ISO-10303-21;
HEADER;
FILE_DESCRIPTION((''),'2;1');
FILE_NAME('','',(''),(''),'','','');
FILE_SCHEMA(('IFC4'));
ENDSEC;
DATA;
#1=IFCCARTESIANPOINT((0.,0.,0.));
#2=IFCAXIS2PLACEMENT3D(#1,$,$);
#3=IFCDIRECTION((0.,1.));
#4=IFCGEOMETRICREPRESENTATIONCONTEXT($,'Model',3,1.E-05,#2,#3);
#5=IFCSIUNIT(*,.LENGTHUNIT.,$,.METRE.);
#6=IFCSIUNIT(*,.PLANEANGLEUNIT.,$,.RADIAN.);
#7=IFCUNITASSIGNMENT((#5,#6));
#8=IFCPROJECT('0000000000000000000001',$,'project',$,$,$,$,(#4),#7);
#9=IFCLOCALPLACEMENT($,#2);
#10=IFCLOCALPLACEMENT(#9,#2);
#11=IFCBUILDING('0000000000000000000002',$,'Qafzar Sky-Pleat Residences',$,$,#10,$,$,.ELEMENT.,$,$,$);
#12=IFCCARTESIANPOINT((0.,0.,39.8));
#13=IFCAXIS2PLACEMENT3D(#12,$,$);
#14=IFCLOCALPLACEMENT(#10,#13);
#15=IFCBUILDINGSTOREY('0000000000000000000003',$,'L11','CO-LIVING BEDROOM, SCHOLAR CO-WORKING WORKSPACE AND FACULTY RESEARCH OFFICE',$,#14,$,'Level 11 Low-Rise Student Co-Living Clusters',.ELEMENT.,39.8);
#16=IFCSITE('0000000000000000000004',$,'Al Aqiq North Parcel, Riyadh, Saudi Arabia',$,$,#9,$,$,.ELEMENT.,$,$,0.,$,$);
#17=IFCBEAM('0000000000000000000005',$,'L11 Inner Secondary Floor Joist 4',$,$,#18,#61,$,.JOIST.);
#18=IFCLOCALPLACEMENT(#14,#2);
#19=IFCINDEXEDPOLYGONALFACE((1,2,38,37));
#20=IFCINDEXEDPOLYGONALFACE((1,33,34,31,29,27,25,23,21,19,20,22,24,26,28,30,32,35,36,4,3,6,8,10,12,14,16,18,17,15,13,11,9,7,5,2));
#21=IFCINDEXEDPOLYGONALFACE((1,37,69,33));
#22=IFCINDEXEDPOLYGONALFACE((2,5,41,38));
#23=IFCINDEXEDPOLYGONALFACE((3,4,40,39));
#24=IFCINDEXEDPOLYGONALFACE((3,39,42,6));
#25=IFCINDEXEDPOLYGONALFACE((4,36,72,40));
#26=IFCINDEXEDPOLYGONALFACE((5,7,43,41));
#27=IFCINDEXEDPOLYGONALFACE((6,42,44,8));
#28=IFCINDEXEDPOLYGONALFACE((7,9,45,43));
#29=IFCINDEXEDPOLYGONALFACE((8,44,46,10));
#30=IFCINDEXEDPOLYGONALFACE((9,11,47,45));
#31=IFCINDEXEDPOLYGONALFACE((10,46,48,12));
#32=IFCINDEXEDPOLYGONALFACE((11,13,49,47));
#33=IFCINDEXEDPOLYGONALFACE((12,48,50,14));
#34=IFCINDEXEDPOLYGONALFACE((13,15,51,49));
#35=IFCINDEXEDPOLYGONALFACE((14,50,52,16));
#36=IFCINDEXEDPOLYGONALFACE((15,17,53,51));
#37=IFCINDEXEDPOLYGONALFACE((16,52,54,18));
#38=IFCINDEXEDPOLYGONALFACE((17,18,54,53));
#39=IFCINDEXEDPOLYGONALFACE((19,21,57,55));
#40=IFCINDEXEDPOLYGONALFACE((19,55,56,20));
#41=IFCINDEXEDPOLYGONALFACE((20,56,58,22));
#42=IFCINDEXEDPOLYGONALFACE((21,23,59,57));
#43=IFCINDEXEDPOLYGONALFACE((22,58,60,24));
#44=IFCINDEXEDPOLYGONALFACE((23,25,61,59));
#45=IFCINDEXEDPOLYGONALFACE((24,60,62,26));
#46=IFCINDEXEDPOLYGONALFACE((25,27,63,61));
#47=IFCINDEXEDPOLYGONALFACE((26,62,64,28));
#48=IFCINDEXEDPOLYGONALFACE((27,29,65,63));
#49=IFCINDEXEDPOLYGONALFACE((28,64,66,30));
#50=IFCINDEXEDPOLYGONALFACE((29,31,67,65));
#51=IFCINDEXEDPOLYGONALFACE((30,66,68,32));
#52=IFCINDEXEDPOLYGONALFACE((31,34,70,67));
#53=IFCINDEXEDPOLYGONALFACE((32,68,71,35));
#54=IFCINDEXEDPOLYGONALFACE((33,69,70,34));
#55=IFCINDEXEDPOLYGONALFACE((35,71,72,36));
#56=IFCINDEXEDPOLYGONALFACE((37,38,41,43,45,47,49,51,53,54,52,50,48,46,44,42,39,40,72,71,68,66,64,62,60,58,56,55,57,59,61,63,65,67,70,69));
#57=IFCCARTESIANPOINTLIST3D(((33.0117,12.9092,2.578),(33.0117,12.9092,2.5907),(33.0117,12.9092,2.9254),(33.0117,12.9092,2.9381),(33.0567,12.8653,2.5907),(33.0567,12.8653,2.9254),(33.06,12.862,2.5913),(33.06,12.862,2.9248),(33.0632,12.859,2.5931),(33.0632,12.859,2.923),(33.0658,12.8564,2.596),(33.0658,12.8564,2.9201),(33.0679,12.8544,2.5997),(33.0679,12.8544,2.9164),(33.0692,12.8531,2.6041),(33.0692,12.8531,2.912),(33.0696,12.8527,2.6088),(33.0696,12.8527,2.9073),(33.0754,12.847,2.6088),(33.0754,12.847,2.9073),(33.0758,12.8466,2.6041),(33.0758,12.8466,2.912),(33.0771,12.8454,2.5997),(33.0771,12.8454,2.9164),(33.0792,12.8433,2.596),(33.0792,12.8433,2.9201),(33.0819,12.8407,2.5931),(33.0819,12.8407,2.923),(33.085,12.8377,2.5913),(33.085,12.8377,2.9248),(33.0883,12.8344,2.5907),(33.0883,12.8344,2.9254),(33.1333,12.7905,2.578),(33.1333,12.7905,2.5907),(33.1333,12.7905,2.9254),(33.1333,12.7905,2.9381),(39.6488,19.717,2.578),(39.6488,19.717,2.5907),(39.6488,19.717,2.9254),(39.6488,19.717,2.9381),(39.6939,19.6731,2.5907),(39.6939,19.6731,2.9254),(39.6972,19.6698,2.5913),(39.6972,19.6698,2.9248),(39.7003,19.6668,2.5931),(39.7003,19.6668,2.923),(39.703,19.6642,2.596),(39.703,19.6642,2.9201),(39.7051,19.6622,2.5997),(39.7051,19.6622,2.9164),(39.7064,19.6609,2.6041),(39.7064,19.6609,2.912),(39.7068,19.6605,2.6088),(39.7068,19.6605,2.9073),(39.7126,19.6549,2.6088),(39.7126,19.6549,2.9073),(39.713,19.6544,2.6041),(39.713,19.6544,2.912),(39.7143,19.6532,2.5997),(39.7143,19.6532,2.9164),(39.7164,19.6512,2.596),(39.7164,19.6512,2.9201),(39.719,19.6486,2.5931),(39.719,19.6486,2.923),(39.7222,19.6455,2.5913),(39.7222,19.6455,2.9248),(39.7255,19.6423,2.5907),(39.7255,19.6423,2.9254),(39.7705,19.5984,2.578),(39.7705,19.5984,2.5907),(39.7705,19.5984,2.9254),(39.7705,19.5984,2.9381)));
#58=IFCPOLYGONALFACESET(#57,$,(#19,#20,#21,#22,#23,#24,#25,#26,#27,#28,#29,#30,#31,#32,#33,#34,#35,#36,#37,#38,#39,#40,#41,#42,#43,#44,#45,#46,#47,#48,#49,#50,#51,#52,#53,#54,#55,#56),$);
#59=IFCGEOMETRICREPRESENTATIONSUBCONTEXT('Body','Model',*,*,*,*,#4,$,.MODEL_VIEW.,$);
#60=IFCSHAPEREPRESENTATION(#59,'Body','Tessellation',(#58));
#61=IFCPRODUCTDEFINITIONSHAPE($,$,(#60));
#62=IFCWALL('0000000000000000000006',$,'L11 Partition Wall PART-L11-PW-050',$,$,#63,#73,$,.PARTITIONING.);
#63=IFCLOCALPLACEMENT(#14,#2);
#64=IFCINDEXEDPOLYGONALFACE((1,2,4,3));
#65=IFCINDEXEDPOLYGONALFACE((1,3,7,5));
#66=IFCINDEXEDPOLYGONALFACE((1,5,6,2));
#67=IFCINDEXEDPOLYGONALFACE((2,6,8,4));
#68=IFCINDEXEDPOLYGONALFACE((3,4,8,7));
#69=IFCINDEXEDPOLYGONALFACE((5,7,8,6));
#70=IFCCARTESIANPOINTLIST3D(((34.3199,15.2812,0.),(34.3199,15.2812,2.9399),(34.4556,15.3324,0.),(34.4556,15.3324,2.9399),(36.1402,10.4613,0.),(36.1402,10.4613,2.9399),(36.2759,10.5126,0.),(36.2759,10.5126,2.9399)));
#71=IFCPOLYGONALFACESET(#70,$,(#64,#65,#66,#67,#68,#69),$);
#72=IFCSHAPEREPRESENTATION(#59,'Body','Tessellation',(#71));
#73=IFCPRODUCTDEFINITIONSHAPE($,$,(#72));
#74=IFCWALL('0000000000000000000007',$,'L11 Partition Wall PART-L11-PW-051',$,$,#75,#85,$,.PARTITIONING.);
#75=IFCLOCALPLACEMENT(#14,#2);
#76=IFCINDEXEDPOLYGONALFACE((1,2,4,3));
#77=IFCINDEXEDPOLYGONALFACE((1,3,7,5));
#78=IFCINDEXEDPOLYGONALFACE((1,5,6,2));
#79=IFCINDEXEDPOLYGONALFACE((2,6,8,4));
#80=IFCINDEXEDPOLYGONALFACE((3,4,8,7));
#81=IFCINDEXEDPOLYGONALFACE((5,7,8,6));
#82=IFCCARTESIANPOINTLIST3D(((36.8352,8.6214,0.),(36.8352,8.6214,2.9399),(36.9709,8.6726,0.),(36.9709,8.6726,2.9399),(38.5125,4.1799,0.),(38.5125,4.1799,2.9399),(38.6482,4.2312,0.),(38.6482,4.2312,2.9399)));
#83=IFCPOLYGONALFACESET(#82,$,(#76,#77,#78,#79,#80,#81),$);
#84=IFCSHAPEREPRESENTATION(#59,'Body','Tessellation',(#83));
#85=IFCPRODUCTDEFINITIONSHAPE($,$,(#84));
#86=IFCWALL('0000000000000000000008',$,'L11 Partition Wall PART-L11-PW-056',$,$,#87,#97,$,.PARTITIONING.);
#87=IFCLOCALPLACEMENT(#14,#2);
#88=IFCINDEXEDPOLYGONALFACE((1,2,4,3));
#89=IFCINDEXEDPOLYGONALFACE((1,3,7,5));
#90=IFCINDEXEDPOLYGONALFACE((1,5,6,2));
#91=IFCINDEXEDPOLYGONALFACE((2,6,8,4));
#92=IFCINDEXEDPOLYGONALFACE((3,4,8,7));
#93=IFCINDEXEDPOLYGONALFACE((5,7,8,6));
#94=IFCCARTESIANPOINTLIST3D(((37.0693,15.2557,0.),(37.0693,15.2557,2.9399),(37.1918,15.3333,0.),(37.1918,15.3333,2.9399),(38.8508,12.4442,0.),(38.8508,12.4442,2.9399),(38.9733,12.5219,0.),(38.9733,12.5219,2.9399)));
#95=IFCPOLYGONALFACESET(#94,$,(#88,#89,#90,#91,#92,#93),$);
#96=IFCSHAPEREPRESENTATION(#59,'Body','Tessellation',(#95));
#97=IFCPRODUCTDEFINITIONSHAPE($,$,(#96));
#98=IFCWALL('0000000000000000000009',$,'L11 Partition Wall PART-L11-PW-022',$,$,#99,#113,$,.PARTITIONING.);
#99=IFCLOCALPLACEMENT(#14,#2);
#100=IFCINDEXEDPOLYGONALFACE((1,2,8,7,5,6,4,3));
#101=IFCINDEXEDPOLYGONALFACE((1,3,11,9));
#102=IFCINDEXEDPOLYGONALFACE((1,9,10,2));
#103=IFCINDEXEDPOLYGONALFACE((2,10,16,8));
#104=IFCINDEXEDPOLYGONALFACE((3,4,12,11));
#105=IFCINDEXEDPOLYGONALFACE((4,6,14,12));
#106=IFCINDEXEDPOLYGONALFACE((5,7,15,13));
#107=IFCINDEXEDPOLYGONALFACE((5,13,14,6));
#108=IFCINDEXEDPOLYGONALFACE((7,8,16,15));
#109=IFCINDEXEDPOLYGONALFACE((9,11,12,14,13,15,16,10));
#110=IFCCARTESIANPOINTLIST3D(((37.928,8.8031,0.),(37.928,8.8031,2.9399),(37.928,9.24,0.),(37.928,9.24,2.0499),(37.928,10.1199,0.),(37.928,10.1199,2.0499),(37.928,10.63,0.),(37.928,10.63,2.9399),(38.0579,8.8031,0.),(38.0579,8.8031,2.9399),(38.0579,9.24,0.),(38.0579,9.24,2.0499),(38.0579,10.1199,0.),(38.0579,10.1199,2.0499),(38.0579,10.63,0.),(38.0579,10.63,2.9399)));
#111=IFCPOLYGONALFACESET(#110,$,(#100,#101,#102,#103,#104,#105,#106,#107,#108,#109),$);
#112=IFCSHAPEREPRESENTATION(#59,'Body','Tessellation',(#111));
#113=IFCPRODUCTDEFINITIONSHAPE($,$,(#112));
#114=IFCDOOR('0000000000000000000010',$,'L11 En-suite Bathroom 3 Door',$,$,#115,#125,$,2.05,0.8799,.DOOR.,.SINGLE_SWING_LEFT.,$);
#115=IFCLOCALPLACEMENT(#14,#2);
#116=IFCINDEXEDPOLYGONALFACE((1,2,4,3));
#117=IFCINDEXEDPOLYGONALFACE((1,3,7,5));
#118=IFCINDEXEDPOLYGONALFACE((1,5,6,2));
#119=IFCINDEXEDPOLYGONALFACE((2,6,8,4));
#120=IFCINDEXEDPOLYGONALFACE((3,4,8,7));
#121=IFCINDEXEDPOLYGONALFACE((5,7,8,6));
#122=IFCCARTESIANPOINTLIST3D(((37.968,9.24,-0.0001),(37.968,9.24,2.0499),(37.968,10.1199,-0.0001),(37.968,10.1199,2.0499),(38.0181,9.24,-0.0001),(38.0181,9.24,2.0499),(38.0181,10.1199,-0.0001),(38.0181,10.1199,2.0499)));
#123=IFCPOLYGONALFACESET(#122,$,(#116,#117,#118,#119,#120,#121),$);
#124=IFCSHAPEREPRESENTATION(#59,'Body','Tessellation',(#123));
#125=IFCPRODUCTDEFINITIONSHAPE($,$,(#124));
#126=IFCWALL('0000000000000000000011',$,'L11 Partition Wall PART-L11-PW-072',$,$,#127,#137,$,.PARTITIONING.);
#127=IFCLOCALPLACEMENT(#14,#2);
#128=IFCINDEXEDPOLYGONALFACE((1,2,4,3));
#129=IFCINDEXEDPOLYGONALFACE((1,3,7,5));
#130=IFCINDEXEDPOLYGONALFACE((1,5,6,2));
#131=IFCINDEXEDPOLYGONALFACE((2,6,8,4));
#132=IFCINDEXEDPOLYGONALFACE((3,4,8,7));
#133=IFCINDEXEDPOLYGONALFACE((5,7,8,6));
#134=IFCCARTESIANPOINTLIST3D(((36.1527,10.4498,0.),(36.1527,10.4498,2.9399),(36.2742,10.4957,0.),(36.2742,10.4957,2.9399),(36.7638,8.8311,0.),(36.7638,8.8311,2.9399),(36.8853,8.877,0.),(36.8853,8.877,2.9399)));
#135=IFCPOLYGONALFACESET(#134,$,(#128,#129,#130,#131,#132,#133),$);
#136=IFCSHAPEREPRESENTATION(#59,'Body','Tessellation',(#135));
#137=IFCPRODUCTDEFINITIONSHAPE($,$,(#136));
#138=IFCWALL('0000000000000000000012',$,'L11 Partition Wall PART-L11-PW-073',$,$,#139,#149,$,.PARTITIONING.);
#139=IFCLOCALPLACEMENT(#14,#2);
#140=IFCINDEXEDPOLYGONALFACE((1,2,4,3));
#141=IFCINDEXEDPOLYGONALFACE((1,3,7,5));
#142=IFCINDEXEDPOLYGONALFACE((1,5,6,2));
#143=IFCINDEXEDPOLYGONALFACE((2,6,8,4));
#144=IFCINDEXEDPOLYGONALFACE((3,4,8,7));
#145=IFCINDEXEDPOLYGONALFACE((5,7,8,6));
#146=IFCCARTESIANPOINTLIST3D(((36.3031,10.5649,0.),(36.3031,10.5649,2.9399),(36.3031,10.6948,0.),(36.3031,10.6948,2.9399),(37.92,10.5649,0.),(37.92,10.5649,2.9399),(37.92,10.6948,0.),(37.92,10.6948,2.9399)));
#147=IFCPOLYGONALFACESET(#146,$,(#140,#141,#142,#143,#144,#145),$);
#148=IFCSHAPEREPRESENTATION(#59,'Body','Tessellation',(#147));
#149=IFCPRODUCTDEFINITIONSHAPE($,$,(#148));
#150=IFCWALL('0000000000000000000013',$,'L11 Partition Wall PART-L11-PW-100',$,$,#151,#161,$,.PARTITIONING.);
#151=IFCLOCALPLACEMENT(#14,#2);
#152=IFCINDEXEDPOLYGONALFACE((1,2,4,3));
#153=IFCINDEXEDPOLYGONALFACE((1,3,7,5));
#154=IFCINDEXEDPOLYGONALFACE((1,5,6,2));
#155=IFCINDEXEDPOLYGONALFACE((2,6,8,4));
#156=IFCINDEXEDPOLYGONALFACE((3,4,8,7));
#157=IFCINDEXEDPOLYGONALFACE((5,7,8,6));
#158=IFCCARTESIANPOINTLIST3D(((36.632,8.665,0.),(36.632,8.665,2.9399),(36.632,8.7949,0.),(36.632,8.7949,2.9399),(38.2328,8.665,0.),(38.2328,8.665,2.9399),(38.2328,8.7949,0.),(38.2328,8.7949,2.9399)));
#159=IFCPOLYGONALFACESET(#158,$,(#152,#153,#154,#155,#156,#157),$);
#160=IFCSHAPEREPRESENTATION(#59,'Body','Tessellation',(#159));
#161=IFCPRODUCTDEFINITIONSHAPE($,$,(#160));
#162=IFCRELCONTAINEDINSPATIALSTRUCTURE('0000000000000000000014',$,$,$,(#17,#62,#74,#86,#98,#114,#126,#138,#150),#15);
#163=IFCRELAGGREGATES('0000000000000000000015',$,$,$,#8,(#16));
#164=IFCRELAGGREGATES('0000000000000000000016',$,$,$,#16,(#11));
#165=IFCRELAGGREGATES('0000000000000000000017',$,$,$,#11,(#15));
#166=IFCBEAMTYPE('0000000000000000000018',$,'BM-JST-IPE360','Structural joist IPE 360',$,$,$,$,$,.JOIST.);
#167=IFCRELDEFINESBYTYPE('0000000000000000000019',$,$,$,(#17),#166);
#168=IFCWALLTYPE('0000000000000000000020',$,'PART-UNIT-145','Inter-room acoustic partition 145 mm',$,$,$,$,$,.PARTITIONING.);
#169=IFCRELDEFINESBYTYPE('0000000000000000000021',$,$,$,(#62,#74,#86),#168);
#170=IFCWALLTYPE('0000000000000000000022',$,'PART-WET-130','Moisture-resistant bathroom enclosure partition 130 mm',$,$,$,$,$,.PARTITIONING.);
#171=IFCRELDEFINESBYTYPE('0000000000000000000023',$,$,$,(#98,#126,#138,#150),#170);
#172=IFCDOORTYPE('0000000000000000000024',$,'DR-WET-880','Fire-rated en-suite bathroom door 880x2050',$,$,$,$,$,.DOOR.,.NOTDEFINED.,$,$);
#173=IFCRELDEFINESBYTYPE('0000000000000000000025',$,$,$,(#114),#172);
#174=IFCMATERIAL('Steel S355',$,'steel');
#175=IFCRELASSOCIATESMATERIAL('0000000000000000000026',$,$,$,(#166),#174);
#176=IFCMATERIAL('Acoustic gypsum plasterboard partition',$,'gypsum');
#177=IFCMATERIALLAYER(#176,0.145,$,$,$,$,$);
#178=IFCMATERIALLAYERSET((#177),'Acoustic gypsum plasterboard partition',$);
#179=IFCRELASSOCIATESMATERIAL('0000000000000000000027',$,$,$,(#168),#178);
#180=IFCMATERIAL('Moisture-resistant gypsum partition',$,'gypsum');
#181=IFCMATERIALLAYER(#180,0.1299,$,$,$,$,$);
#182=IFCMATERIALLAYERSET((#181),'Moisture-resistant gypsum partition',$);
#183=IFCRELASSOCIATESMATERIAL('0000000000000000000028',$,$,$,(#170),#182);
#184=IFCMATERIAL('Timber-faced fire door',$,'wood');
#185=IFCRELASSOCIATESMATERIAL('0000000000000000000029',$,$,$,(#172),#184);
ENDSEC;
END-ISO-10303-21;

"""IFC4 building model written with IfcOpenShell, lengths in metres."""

from ifc_helpers import new_model, si_unit, direction, frame, frame_2d, origin, origin_2d, place, context, subcontext, project, spatial, rectangle, i_section, extrude, source, transform, mapped, material, layer, layer_set, material_profile, profile_set, type_object, element, fill, save


model = new_model("IFC4")

# Units and contexts
model_context = context("Model", 3, precision=1e-05, world=origin(), true_north=direction((0.0, 1.0)))
body_context = subcontext(model_context, "Body", "Model", "MODEL_VIEW")
ifc_project = project(units=[si_unit("LENGTHUNIT", "METRE"), si_unit("PLANEANGLEUNIT", "RADIAN")], contexts=[model_context])

# Site, building, storey
site_placement = place(None, origin())
site = spatial("IfcSite", under=ifc_project, at=site_placement, Name="Al Aqiq North Parcel, Riyadh, Saudi Arabia", CompositionType="ELEMENT", RefElevation=0.0)
building_placement = place(site_placement, origin())
building = spatial("IfcBuilding", under=site, at=building_placement, Name="Qafzar Sky-Pleat Residences", CompositionType="ELEMENT")
storey_placement = place(building_placement, frame((0.0, 0.0, 39.8)))
storey = spatial("IfcBuildingStorey", under=building, at=storey_placement, Name="L11", Description="CO-LIVING BEDROOM, SCHOLAR CO-WORKING WORKSPACE AND FACULTY RESEARCH OFFICE", LongName="Level 11 Low-Rise Student Co-Living Clusters", CompositionType="ELEMENT", Elevation=39.8)

# Beam
ifc_material_1 = material(Name="Steel S355", Category="steel")
ifc_material_profile_1 = material_profile(ifc_material_1, i_section(OverallWidth=0.1699, OverallDepth=0.3601, WebThickness=0.0081, FlangeThickness=0.0127, FilletRadius=0.0181, at=origin_2d()), Name="IPE 360")
ifc_profile_set_1 = profile_set([ifc_material_profile_1], Name="Steel S355")
beam_type_1 = type_object("IfcBeamType", Name="BM-JST-IPE360", Description="Structural joist IPE 360", PredefinedType="JOIST", material=ifc_profile_set_1)
shared_shape_1 = source(origin(), body_context, "Body", "SweptSolid", [
    extrude(i_section(OverallWidth=0.1699, OverallDepth=0.3601, WebThickness=0.0081, FlangeThickness=0.0127, FilletRadius=0.0181, at=origin_2d()), origin(), (0.0, 0.0, 1.0), 9.5078),
])
beam_1_placement = place(storey_placement, frame((33.0725, 12.8499, 2.7581), z_axis=(0.698075, 0.716024, 0.0), x_axis=(-0.716024, 0.698075, 0.0)))
element("IfcBeam", 1, at=beam_1_placement, inside=storey, type_object=beam_type_1, Name="L11 Inner Secondary Floor Joist 4", PredefinedType="JOIST", context=body_context, shape_type="MappedRepresentation", body=[
    mapped(shared_shape_1, transform((0.0, 0.0, 0.0), x_axis=(1.0, 0.0, 0.0), y_axis=(0.0, 1.0, 0.0), z_axis=(0.0, 0.0, 1.0), scale=1.0)),
])

# Walls
ifc_material_2 = material(Name="Acoustic gypsum plasterboard partition", Category="gypsum")
ifc_layer_1 = layer(ifc_material_2, 0.145)
ifc_layer_set_1 = layer_set([ifc_layer_1], Name="Acoustic gypsum plasterboard partition")
wall_type_1 = type_object("IfcWallType", Name="PART-UNIT-145", Description="Inter-room acoustic partition 145 mm", PredefinedType="PARTITIONING", material=ifc_layer_set_1)
wall_1_placement = place(storey_placement, frame((34.3877, 15.3069, 0.0), z_axis=(0.0, 0.0, 1.0), x_axis=(0.353314, -0.935505, 0.0)))
element("IfcWall", 2, at=wall_1_placement, inside=storey, type_object=wall_type_1, Name="L11 Partition Wall PART-L11-PW-050", PredefinedType="PARTITIONING", context=body_context, shape_type="SweptSolid", body=[
    extrude(rectangle(XDim=5.1521, YDim=0.145, at=frame_2d((2.5762, 0.0))), origin(), (0.0, 0.0, 1.0), 2.9399),
])
wall_2_placement = place(storey_placement, frame((36.9031, 8.647, 0.0), z_axis=(0.0, 0.0, 1.0), x_axis=(0.353287, -0.935515, 0.0)))
element("IfcWall", 3, at=wall_2_placement, inside=storey, type_object=wall_type_1, Name="L11 Partition Wall PART-L11-PW-051", PredefinedType="PARTITIONING", context=body_context, shape_type="SweptSolid", body=[
    extrude(rectangle(XDim=4.7476, YDim=0.145, at=frame_2d((2.3738, 0.0))), origin(), (0.0, 0.0, 1.0), 2.9399),
])
wall_3_placement = place(storey_placement, frame((37.1306, 15.2944, 0.0), z_axis=(0.0, 0.0, 1.0), x_axis=(0.535237, -0.844702, 0.0)))
element("IfcWall", 4, at=wall_3_placement, inside=storey, type_object=wall_type_1, Name="L11 Partition Wall PART-L11-PW-056", PredefinedType="PARTITIONING", context=body_context, shape_type="SweptSolid", body=[
    extrude(rectangle(XDim=3.3284, YDim=0.145, at=frame_2d((1.6641, 0.0))), origin(), (0.0, 0.0, 1.0), 2.9399),
])

# Wall, opening, door
ifc_material_3 = material(Name="Moisture-resistant gypsum partition", Category="gypsum")
ifc_layer_2 = layer(ifc_material_3, 0.1299)
ifc_layer_set_2 = layer_set([ifc_layer_2], Name="Moisture-resistant gypsum partition")
wall_type_2 = type_object("IfcWallType", Name="PART-WET-130", Description="Moisture-resistant bathroom enclosure partition 130 mm", PredefinedType="PARTITIONING", material=ifc_layer_set_2)
wall_4_placement = place(storey_placement, frame((37.9929, 8.803, 0.0), z_axis=(0.0, 0.0, 1.0), x_axis=(0.0, 1.0, 0.0)))
wall_4 = element("IfcWall", 5, at=wall_4_placement, inside=storey, type_object=wall_type_2, Name="L11 Partition Wall PART-L11-PW-022", PredefinedType="PARTITIONING", context=body_context, shape_type="SweptSolid", body=[
    extrude(rectangle(XDim=1.8269, YDim=0.1299, at=frame_2d((0.9136, 0.0))), origin(), (0.0, 0.0, 1.0), 2.9399),
])
opening_1_placement = place(wall_4_placement, frame((0.437, 0.0, 0.0)))
opening_1 = element("IfcOpeningElement", 6, at=opening_1_placement, cuts=wall_4, PredefinedType="OPENING", context=body_context, shape_type="SweptSolid", body=[
    extrude(rectangle(XDim=0.8799, YDim=2.05, at=frame_2d((0.4399, 1.0249))), frame((0.0, 0.075, 0.0), z_axis=(0.0, -1.0, 0.0), x_axis=(1.0, 0.0, 0.0)), (0.0, 0.0, 1.0), 0.1499),
])
ifc_material_4 = material(Name="Timber-faced fire door", Category="wood")
door_type = type_object("IfcDoorType", Name="DR-WET-880", Description="Fire-rated en-suite bathroom door 880x2050", OperationType="NOTDEFINED", PredefinedType="DOOR", material=ifc_material_4)
shared_shape_2 = source(origin(), body_context, "Body", "SweptSolid", [
    extrude(rectangle(XDim=0.8799, YDim=2.05, at=frame_2d((0.4399, 1.0249))), frame((0.0, 0.0249, 0.0), z_axis=(0.0, -1.0, 0.0), x_axis=(1.0, 0.0, 0.0)), (0.0, 0.0, 1.0), 0.05),
])
door_placement = place(opening_1_placement, origin())
door = element("IfcDoor", 7, at=door_placement, inside=storey, type_object=door_type, Name="L11 En-suite Bathroom 3 Door", OperationType="SINGLE_SWING_LEFT", OverallHeight=2.05, OverallWidth=0.8799, PredefinedType="DOOR", context=body_context, shape_type="MappedRepresentation", body=[
    mapped(shared_shape_2, transform((0.0, 0.0, 0.0), x_axis=(1.0, 0.0, 0.0), y_axis=(0.0, 1.0, 0.0), z_axis=(0.0, 0.0, 1.0), scale=1.0)),
])
fill(opening_1, door)

# Walls
wall_5_placement = place(storey_placement, frame((36.2134, 10.4729, 0.0), z_axis=(0.0, 0.0, 1.0), x_axis=(0.353195, -0.93555, 0.0)))
element("IfcWall", 8, at=wall_5_placement, inside=storey, type_object=wall_type_2, Name="L11 Partition Wall PART-L11-PW-072", PredefinedType="PARTITIONING", context=body_context, shape_type="SweptSolid", body=[
    extrude(rectangle(XDim=1.7302, YDim=0.1299, at=frame_2d((0.8652, 0.0))), origin(), (0.0, 0.0, 1.0), 2.9399),
])
wall_6_placement = place(storey_placement, frame((36.303, 10.6299, 0.0), z_axis=(0.0, 0.0, 1.0), x_axis=(1.0, 0.0, 0.0)))
element("IfcWall", 9, at=wall_6_placement, inside=storey, type_object=wall_type_2, Name="L11 Partition Wall PART-L11-PW-073", PredefinedType="PARTITIONING", context=body_context, shape_type="SweptSolid", body=[
    extrude(rectangle(XDim=1.6169, YDim=0.1299, at=frame_2d((0.8086, 0.0))), origin(), (0.0, 0.0, 1.0), 2.9399),
])
wall_7_placement = place(storey_placement, frame((36.6321, 8.73, 0.0), z_axis=(0.0, 0.0, 1.0), x_axis=(1.0, 0.0, 0.0)))
element("IfcWall", 10, at=wall_7_placement, inside=storey, type_object=wall_type_2, Name="L11 Partition Wall PART-L11-PW-100", PredefinedType="PARTITIONING", context=body_context, shape_type="SweptSolid", body=[
    extrude(rectangle(XDim=1.6008, YDim=0.1299, at=frame_2d((0.8003, 0.0))), origin(), (0.0, 0.0, 1.0), 2.9399),
])

save(model, "model.ifc")
